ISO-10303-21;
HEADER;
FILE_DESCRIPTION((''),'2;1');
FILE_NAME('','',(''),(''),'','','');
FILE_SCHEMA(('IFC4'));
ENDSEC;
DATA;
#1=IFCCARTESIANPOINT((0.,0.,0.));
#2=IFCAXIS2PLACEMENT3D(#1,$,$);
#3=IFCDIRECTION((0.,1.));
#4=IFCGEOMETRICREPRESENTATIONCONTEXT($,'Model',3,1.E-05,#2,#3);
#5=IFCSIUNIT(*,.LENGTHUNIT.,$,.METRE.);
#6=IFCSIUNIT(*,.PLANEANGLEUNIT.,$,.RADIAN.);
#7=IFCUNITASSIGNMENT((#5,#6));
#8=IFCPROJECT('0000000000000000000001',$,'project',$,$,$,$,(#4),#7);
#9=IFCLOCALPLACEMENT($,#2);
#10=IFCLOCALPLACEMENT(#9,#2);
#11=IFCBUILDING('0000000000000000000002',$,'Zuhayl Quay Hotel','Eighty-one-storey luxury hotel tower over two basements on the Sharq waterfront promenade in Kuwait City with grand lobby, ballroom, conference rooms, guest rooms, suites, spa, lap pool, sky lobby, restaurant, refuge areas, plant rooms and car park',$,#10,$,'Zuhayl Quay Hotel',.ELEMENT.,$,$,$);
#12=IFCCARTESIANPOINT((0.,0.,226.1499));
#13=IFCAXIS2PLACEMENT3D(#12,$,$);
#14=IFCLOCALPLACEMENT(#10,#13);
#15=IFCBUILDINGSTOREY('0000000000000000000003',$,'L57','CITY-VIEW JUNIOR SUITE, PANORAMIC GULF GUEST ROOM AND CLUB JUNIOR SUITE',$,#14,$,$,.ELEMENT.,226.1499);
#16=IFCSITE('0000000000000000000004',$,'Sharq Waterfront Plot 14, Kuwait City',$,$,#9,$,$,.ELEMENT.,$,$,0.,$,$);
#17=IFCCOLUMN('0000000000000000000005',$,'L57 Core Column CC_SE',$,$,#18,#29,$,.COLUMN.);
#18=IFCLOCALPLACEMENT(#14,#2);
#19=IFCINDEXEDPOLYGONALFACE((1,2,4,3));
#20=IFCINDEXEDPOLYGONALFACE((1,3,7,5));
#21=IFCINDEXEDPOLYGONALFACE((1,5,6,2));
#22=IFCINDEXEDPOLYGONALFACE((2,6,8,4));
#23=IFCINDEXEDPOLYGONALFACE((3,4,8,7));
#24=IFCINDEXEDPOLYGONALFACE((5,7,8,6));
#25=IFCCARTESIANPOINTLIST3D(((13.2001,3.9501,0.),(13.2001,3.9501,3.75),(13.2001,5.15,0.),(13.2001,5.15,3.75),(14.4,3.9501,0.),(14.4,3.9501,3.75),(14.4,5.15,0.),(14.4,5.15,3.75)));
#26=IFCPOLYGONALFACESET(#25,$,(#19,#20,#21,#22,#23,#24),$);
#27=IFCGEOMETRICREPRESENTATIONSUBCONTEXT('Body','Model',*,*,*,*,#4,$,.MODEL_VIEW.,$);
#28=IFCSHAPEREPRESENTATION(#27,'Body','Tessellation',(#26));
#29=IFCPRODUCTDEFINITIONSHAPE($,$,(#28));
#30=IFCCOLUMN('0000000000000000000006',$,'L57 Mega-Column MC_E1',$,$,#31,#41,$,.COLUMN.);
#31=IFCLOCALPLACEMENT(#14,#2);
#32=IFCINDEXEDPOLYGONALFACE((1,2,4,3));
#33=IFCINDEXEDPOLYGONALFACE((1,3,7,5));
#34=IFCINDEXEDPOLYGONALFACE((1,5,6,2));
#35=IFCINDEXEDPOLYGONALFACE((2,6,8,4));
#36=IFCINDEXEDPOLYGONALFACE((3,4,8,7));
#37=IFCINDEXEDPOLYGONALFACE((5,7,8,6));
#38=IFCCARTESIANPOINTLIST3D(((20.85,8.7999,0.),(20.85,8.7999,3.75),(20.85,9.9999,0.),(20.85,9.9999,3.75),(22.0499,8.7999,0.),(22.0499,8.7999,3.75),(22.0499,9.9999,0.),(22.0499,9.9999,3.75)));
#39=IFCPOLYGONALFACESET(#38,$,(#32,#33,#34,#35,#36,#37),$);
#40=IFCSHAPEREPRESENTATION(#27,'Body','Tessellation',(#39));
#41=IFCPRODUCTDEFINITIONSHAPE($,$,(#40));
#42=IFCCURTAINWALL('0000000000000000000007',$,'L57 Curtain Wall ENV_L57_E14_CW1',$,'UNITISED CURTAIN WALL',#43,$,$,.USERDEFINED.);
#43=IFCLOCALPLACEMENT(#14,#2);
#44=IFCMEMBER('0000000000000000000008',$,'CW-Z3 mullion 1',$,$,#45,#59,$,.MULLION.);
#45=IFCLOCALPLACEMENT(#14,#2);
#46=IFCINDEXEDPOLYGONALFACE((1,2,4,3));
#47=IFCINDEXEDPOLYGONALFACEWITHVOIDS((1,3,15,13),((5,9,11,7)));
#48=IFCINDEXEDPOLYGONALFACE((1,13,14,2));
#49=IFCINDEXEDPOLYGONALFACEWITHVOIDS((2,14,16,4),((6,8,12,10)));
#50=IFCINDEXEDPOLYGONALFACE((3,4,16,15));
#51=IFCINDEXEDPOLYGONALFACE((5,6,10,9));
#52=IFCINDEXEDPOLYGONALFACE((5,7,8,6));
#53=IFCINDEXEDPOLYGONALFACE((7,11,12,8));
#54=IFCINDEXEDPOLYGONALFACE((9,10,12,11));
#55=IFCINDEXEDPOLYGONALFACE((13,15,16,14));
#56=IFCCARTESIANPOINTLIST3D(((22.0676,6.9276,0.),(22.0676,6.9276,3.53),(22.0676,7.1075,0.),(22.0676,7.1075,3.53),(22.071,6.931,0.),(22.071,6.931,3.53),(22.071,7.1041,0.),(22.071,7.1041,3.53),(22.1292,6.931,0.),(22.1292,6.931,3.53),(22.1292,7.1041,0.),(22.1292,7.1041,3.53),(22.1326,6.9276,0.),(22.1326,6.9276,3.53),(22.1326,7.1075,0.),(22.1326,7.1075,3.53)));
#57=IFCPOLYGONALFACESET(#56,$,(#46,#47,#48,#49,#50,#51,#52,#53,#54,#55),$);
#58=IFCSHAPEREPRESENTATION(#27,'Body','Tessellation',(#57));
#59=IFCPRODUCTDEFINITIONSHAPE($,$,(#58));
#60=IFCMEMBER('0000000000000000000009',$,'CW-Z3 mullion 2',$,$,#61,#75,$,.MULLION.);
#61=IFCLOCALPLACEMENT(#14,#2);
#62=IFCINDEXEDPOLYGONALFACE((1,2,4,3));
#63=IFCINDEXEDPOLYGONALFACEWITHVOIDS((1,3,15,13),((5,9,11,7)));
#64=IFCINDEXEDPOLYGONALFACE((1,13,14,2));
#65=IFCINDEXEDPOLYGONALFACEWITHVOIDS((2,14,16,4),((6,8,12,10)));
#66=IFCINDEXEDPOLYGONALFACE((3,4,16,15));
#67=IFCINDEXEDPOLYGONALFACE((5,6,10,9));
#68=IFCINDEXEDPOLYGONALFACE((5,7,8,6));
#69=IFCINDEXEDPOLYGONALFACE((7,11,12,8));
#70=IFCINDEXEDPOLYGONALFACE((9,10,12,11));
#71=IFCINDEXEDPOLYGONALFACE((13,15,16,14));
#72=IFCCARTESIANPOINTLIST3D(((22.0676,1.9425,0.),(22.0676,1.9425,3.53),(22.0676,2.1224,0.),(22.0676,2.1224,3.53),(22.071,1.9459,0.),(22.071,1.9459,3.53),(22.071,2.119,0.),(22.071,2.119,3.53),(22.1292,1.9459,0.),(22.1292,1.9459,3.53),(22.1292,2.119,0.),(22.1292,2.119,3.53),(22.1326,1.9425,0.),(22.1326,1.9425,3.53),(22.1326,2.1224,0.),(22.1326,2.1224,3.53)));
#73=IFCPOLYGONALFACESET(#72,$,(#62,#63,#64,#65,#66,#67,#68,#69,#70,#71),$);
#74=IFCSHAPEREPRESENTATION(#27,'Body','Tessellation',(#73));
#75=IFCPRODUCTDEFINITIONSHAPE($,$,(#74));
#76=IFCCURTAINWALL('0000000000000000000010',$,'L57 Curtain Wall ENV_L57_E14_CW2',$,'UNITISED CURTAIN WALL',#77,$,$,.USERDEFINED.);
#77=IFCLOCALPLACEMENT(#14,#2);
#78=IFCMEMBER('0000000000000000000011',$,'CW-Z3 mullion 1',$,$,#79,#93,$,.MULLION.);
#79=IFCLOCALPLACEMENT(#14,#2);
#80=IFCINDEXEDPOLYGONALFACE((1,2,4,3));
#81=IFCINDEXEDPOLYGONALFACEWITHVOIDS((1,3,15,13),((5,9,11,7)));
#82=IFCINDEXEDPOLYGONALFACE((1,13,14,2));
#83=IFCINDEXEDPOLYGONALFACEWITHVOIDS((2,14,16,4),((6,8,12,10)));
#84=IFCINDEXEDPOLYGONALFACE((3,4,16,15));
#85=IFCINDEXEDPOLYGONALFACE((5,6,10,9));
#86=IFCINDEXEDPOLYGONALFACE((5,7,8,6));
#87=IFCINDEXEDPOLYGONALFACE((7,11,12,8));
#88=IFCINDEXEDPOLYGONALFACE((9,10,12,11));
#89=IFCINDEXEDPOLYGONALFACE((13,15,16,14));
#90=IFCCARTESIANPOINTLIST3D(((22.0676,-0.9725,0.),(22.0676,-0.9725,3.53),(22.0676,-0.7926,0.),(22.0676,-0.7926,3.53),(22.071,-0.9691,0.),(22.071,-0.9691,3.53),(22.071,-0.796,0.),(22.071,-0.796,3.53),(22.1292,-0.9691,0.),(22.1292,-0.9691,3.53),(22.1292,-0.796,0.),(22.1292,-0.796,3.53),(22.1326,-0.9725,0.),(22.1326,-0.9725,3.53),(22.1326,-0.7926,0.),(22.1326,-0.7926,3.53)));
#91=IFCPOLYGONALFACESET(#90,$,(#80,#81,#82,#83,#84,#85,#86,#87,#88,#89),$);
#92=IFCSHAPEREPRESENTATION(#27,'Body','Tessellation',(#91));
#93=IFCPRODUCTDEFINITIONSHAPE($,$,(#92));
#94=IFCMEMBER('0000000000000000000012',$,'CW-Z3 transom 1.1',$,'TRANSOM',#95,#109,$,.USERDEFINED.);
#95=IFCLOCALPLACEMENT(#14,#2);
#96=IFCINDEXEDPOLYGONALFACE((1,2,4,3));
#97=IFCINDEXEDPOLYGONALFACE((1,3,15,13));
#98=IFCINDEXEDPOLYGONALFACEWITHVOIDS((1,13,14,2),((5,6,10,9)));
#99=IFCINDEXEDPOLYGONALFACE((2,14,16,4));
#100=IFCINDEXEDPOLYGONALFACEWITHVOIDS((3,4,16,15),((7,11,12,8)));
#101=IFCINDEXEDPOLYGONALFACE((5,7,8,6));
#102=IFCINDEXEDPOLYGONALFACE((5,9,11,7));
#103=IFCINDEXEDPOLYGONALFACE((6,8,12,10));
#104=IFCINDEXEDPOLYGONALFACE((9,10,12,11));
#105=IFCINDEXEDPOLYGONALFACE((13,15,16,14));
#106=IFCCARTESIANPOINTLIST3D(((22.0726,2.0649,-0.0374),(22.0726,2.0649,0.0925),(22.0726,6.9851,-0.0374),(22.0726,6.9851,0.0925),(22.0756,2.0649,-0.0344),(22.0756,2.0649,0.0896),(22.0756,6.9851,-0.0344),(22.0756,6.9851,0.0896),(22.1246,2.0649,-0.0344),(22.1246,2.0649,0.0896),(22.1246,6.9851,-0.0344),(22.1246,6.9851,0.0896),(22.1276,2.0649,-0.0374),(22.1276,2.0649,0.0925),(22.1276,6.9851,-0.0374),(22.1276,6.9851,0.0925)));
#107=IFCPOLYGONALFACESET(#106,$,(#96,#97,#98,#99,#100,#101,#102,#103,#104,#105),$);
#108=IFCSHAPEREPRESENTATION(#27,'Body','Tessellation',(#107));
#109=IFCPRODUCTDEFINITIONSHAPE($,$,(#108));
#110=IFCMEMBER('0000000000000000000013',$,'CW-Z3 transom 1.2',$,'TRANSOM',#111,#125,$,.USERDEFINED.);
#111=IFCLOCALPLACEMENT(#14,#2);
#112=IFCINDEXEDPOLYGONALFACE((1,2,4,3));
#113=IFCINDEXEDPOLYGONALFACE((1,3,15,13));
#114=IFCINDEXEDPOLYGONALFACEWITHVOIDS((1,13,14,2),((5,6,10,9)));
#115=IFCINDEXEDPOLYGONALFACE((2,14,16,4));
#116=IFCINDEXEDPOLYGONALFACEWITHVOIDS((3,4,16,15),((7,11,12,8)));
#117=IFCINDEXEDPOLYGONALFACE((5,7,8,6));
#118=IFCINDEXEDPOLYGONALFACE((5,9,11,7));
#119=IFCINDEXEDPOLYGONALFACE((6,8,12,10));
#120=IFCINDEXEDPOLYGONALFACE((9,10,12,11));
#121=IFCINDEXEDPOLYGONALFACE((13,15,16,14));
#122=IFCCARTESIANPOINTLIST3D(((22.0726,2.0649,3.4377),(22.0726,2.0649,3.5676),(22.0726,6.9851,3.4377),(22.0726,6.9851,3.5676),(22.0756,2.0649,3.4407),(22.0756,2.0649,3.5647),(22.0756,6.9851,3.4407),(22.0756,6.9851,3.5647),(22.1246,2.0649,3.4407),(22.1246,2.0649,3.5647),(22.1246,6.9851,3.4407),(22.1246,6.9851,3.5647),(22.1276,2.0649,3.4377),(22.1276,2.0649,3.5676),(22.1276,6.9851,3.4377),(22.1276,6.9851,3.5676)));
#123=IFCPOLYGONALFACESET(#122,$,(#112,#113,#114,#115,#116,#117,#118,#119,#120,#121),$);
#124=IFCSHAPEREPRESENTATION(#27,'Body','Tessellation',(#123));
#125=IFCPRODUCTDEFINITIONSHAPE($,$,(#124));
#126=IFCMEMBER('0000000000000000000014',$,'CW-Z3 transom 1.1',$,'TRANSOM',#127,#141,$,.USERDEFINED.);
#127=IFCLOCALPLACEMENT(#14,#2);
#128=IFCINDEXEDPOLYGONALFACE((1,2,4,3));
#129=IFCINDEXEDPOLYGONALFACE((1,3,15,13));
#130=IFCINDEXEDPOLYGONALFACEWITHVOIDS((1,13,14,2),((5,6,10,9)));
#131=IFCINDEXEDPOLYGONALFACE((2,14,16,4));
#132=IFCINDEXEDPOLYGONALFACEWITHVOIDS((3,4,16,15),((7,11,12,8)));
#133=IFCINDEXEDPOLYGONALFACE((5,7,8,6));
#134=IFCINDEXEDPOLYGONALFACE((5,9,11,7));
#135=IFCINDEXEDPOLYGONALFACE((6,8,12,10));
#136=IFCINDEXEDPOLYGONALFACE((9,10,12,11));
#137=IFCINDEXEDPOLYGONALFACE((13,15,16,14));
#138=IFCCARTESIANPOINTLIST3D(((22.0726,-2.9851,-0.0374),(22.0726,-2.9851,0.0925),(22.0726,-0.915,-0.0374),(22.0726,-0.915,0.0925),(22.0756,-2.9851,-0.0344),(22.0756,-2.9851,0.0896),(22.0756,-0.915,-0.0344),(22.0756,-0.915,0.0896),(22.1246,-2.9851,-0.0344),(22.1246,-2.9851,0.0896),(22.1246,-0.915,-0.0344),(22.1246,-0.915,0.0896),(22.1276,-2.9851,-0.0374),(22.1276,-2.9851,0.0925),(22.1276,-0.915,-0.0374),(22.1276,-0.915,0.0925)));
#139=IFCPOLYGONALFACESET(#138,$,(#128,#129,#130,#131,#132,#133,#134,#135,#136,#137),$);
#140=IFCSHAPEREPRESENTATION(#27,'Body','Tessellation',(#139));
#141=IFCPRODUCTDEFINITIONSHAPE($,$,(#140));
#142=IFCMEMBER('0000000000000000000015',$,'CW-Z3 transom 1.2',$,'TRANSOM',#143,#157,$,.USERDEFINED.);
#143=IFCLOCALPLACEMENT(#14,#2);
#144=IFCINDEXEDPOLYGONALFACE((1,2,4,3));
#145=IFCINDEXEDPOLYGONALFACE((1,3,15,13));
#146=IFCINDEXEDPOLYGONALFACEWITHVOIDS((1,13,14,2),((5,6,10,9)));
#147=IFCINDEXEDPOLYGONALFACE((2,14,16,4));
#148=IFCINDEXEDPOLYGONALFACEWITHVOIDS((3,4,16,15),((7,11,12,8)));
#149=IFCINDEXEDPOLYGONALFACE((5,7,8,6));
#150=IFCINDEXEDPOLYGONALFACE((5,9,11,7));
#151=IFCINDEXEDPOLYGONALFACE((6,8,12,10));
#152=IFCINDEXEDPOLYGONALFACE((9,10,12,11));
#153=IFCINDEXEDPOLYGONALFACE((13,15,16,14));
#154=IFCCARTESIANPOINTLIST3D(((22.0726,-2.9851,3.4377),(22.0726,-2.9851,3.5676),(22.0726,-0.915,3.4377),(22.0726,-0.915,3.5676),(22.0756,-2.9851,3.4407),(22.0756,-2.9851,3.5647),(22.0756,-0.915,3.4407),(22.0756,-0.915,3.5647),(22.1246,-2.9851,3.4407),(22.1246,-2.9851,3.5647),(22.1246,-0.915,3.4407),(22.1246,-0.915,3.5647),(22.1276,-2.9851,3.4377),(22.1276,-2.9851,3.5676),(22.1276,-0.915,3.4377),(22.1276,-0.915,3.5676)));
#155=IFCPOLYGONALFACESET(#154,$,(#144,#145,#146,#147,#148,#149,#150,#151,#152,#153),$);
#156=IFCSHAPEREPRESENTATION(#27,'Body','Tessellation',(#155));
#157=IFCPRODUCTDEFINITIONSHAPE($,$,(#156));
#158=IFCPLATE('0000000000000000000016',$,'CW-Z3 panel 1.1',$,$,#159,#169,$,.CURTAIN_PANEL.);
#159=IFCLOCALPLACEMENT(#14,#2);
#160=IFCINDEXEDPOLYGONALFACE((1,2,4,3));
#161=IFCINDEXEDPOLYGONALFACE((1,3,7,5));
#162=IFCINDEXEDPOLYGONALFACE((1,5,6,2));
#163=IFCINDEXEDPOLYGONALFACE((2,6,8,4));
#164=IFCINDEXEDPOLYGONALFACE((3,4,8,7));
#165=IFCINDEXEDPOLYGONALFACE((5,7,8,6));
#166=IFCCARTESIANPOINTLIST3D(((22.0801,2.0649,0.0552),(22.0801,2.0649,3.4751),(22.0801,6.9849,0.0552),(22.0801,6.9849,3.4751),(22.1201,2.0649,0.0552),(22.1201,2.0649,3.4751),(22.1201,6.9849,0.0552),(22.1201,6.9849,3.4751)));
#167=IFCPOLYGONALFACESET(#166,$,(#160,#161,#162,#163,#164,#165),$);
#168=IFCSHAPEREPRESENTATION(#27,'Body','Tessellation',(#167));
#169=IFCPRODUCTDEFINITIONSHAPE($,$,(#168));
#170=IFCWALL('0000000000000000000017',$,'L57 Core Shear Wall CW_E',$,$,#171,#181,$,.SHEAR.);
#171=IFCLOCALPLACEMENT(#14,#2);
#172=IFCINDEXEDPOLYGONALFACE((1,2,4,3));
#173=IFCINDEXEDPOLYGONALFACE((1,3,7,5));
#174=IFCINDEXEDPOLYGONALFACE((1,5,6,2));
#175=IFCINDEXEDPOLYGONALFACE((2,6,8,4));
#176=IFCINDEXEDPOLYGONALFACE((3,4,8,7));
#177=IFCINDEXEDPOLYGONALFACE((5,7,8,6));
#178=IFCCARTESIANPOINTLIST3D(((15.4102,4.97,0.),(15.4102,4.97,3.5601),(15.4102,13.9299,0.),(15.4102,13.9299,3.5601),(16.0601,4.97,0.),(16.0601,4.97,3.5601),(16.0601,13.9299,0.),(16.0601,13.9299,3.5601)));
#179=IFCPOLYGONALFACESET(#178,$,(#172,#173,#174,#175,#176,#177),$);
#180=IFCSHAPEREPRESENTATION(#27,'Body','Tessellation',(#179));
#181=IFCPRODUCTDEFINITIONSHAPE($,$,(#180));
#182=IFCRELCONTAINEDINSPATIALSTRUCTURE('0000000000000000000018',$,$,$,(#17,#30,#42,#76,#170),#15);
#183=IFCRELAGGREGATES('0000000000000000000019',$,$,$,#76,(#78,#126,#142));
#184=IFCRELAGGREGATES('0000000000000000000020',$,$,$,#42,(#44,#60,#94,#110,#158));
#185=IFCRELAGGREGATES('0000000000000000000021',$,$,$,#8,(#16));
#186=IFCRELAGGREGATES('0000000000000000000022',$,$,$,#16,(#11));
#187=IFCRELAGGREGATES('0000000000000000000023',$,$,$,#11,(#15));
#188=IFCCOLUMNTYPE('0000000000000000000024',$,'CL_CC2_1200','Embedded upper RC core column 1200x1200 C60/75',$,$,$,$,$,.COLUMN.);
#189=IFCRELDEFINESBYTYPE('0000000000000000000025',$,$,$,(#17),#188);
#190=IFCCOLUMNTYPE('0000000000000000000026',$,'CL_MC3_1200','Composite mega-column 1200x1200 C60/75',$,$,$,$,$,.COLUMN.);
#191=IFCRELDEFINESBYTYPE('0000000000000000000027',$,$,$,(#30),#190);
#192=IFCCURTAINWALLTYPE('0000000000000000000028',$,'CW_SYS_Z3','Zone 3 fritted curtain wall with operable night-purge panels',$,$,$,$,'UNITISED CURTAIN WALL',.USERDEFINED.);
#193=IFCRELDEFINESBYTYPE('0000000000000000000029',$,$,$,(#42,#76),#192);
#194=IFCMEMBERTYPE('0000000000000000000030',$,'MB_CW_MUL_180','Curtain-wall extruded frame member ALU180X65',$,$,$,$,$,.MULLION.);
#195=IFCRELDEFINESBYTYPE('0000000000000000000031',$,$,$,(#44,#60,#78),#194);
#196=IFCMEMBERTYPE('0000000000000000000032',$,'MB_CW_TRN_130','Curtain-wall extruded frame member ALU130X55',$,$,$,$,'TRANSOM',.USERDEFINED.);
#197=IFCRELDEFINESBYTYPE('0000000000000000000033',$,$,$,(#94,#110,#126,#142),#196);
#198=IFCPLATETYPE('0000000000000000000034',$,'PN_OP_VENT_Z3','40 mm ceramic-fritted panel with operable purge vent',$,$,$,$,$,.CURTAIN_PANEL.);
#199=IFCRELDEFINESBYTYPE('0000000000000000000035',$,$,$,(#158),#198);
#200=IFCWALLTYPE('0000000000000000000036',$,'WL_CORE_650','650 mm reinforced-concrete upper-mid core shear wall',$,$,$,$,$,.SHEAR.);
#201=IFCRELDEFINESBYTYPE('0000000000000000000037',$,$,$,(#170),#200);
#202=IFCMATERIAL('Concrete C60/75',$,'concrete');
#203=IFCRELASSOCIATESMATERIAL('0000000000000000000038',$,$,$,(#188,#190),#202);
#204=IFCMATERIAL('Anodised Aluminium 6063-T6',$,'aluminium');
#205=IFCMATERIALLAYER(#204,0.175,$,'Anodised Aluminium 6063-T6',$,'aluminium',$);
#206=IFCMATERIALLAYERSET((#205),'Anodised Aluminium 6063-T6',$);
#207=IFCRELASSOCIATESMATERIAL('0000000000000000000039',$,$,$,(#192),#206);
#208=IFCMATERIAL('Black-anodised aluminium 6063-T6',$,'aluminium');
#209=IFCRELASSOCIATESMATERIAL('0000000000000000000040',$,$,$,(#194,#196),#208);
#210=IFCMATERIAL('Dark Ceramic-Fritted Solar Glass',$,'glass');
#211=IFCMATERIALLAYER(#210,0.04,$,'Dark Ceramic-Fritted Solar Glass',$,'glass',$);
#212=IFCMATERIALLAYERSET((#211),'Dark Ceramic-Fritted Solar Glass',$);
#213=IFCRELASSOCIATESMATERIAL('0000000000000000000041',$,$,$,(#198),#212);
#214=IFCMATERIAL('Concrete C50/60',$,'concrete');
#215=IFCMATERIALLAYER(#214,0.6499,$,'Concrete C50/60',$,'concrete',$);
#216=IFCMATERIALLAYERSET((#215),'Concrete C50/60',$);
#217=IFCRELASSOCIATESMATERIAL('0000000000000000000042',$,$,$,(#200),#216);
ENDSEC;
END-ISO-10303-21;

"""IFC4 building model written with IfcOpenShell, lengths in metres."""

from ifc_helpers import new_model, si_unit, direction, frame, frame_2d, origin, origin_2d, place, context, subcontext, project, spatial, rectangle, hollow_rectangle, extrude, material, layer, layer_set, material_profile, profile_set, type_object, element, aggregate, save


model = new_model("IFC4")

# Units and contexts
model_context = context("Model", 3, precision=1e-05, world=origin(), true_north=direction((0.0, 1.0)))
body_context = subcontext(model_context, "Body", "Model", "MODEL_VIEW")
ifc_project = project(units=[si_unit("LENGTHUNIT", "METRE"), si_unit("PLANEANGLEUNIT", "RADIAN")], contexts=[model_context])

# Site, building, storey
site_placement = place(None, origin())
site = spatial("IfcSite", under=ifc_project, at=site_placement, Name="Sharq Waterfront Plot 14, Kuwait City", CompositionType="ELEMENT", RefElevation=0.0)
building_placement = place(site_placement, origin())
building = spatial("IfcBuilding", under=site, at=building_placement, Name="Zuhayl Quay Hotel", Description="Eighty-one-storey luxury hotel tower over two basements on the Sharq waterfront promenade in Kuwait City with grand lobby, ballroom, conference rooms, guest rooms, suites, spa, lap pool, sky lobby, restaurant, refuge areas, plant rooms and car park", LongName="Zuhayl Quay Hotel", CompositionType="ELEMENT")
storey_placement = place(building_placement, frame((0.0, 0.0, 226.1499)))
storey = spatial("IfcBuildingStorey", under=building, at=storey_placement, Name="L57", Description="CITY-VIEW JUNIOR SUITE, PANORAMIC GULF GUEST ROOM AND CLUB JUNIOR SUITE", CompositionType="ELEMENT", Elevation=226.1499)

# Columns
ifc_material_1 = material(Name="Concrete C60/75", Category="concrete")
ifc_material_profile_1 = material_profile(ifc_material_1, rectangle(XDim=1.2, YDim=1.2, at=origin_2d()), Name="RC1200X1200")
ifc_profile_set_1 = profile_set([ifc_material_profile_1], Name="Concrete C60/75")
column_type_1 = type_object("IfcColumnType", Name="CL_CC2_1200", Description="Embedded upper RC core column 1200x1200 C60/75", PredefinedType="COLUMN", material=ifc_profile_set_1)
column_1_placement = place(storey_placement, frame((13.8, 4.55, 0.0), z_axis=(0.0, 0.0, 1.0), x_axis=(1.0, 0.0, 0.0)))
element("IfcColumn", 1, at=column_1_placement, inside=storey, type_object=column_type_1, Name="L57 Core Column CC_SE", PredefinedType="COLUMN", context=body_context, shape_type="SweptSolid", body=[
    extrude(rectangle(XDim=1.2, YDim=1.2, at=origin_2d()), origin(), (0.0, 0.0, 1.0), 3.75),
])
ifc_material_profile_2 = material_profile(ifc_material_1, rectangle(XDim=1.2, YDim=1.2, at=origin_2d()), Name="RC1200X1200")
ifc_profile_set_2 = profile_set([ifc_material_profile_2], Name="Concrete C60/75")
column_type_2 = type_object("IfcColumnType", Name="CL_MC3_1200", Description="Composite mega-column 1200x1200 C60/75", PredefinedType="COLUMN", material=ifc_profile_set_2)
column_2_placement = place(storey_placement, frame((21.45, 9.3999, 0.0), z_axis=(0.0, 0.0, 1.0), x_axis=(1.0, 0.0, 0.0)))
element("IfcColumn", 2, at=column_2_placement, inside=storey, type_object=column_type_2, Name="L57 Mega-Column MC_E1", PredefinedType="COLUMN", context=body_context, shape_type="SweptSolid", body=[
    extrude(rectangle(XDim=1.2, YDim=1.2, at=origin_2d()), origin(), (0.0, 0.0, 1.0), 3.75),
])

# Curtain wall, members
ifc_material_2 = material(Name="Anodised Aluminium 6063-T6", Category="aluminium")
ifc_layer_1 = layer(ifc_material_2, 0.175, Name="Anodised Aluminium 6063-T6", Category="aluminium")
ifc_layer_set_1 = layer_set([ifc_layer_1], Name="Anodised Aluminium 6063-T6")
curtain_wall_type = type_object("IfcCurtainWallType", Name="CW_SYS_Z3", Description="Zone 3 fritted curtain wall with operable night-purge panels", ElementType="UNITISED CURTAIN WALL", PredefinedType="USERDEFINED", material=ifc_layer_set_1)
curtain_wall_1_placement = place(storey_placement, origin())
curtain_wall_1 = element("IfcCurtainWall", 3, at=curtain_wall_1_placement, inside=storey, type_object=curtain_wall_type, Name="L57 Curtain Wall ENV_L57_E14_CW1", ObjectType="UNITISED CURTAIN WALL", PredefinedType="USERDEFINED")
ifc_material_3 = material(Name="Black-anodised aluminium 6063-T6", Category="aluminium")
ifc_material_profile_3 = material_profile(ifc_material_3, hollow_rectangle(XDim=0.0649, YDim=0.1799, WallThickness=0.0034, at=origin_2d()), Name="ALU180X65")
ifc_profile_set_3 = profile_set([ifc_material_profile_3], Name="Black-anodised aluminium 6063-T6")
member_type_1 = type_object("IfcMemberType", Name="MB_CW_MUL_180", Description="Curtain-wall extruded frame member ALU180X65", PredefinedType="MULLION", material=ifc_profile_set_3)
member_1_placement = place(storey_placement, frame((22.1001, 7.0176, 0.0), z_axis=(0.0, 0.0, 1.0), x_axis=(1.0, 0.0, 0.0)))
member_1 = element("IfcMember", 4, at=member_1_placement, type_object=member_type_1, Name="CW-Z3 mullion 1", PredefinedType="MULLION", context=body_context, shape_type="SweptSolid", body=[
    extrude(hollow_rectangle(XDim=0.0649, YDim=0.1799, WallThickness=0.0034, at=origin_2d()), origin(), (0.0, 0.0, 1.0), 3.53),
])
member_2_placement = place(storey_placement, frame((22.1001, 2.0325, 0.0), z_axis=(0.0, 0.0, 1.0), x_axis=(1.0, 0.0, 0.0)))
member_2 = element("IfcMember", 5, at=member_2_placement, type_object=member_type_1, Name="CW-Z3 mullion 2", PredefinedType="MULLION", context=body_context, shape_type="SweptSolid", body=[
    extrude(hollow_rectangle(XDim=0.0649, YDim=0.1799, WallThickness=0.0034, at=origin_2d()), origin(), (0.0, 0.0, 1.0), 3.53),
])

# Curtain wall, member
curtain_wall_2_placement = place(storey_placement, origin())
curtain_wall_2 = element("IfcCurtainWall", 6, at=curtain_wall_2_placement, inside=storey, type_object=curtain_wall_type, Name="L57 Curtain Wall ENV_L57_E14_CW2", ObjectType="UNITISED CURTAIN WALL", PredefinedType="USERDEFINED")
member_3_placement = place(storey_placement, frame((22.1001, -0.8826, 0.0), z_axis=(0.0, 0.0, 1.0), x_axis=(1.0, 0.0, 0.0)))
member_3 = element("IfcMember", 7, at=member_3_placement, type_object=member_type_1, Name="CW-Z3 mullion 1", PredefinedType="MULLION", context=body_context, shape_type="SweptSolid", body=[
    extrude(hollow_rectangle(XDim=0.0649, YDim=0.1799, WallThickness=0.0034, at=origin_2d()), origin(), (0.0, 0.0, 1.0), 3.53),
])

# Members
ifc_material_profile_4 = material_profile(ifc_material_3, hollow_rectangle(XDim=0.0549, YDim=0.1299, WallThickness=0.0029, at=origin_2d()), Name="ALU130X55")
ifc_profile_set_4 = profile_set([ifc_material_profile_4], Name="Black-anodised aluminium 6063-T6")
member_type_2 = type_object("IfcMemberType", Name="MB_CW_TRN_130", Description="Curtain-wall extruded frame member ALU130X55", ElementType="TRANSOM", PredefinedType="USERDEFINED", material=ifc_profile_set_4)
member_4_placement = place(storey_placement, frame((22.1001, 6.9851, 0.0276), z_axis=(0.0, -1.0, 0.0), x_axis=(1.0, 0.0, 0.0)))
member_4 = element("IfcMember", 8, at=member_4_placement, type_object=member_type_2, Name="CW-Z3 transom 1.1", ObjectType="TRANSOM", PredefinedType="USERDEFINED", context=body_context, shape_type="SweptSolid", body=[
    extrude(hollow_rectangle(XDim=0.0549, YDim=0.1299, WallThickness=0.0029, at=origin_2d()), origin(), (0.0, 0.0, 1.0), 4.9202),
])
member_5_placement = place(storey_placement, frame((22.1001, 6.9851, 3.5027), z_axis=(0.0, -1.0, 0.0), x_axis=(1.0, 0.0, 0.0)))
member_5 = element("IfcMember", 9, at=member_5_placement, type_object=member_type_2, Name="CW-Z3 transom 1.2", ObjectType="TRANSOM", PredefinedType="USERDEFINED", context=body_context, shape_type="SweptSolid", body=[
    extrude(hollow_rectangle(XDim=0.0549, YDim=0.1299, WallThickness=0.0029, at=origin_2d()), origin(), (0.0, 0.0, 1.0), 4.9202),
])
member_6_placement = place(storey_placement, frame((22.1001, -0.915, 0.0276), z_axis=(0.0, -1.0, 0.0), x_axis=(1.0, 0.0, 0.0)))
member_6 = element("IfcMember", 10, at=member_6_placement, type_object=member_type_2, Name="CW-Z3 transom 1.1", ObjectType="TRANSOM", PredefinedType="USERDEFINED", context=body_context, shape_type="SweptSolid", body=[
    extrude(hollow_rectangle(XDim=0.0549, YDim=0.1299, WallThickness=0.0029, at=origin_2d()), origin(), (0.0, 0.0, 1.0), 2.0701),
])
member_7_placement = place(storey_placement, frame((22.1001, -0.915, 3.5027), z_axis=(0.0, -1.0, 0.0), x_axis=(1.0, 0.0, 0.0)))
member_7 = element("IfcMember", 11, at=member_7_placement, type_object=member_type_2, Name="CW-Z3 transom 1.2", ObjectType="TRANSOM", PredefinedType="USERDEFINED", context=body_context, shape_type="SweptSolid", body=[
    extrude(hollow_rectangle(XDim=0.0549, YDim=0.1299, WallThickness=0.0029, at=origin_2d()), origin(), (0.0, 0.0, 1.0), 2.0701),
])
aggregate(curtain_wall_2, [member_3, member_6, member_7])

# Plate
ifc_material_4 = material(Name="Dark Ceramic-Fritted Solar Glass", Category="glass")
ifc_layer_2 = layer(ifc_material_4, 0.04, Name="Dark Ceramic-Fritted Solar Glass", Category="glass")
ifc_layer_set_2 = layer_set([ifc_layer_2], Name="Dark Ceramic-Fritted Solar Glass")
plate_type = type_object("IfcPlateType", Name="PN_OP_VENT_Z3", Description="40 mm ceramic-fritted panel with operable purge vent", PredefinedType="CURTAIN_PANEL", material=ifc_layer_set_2)
plate_placement = place(storey_placement, frame((22.1001, 4.5249, 0.0552), z_axis=(0.0, 0.0, 1.0), x_axis=(0.0, -1.0, 0.0)))
plate = element("IfcPlate", 12, at=plate_placement, type_object=plate_type, Name="CW-Z3 panel 1.1", PredefinedType="CURTAIN_PANEL", context=body_context, shape_type="SweptSolid", body=[
    extrude(rectangle(XDim=4.9199, YDim=0.04, at=origin_2d()), origin(), (0.0, 0.0, 1.0), 3.4199),
])
aggregate(curtain_wall_1, [member_1, member_2, member_4, member_5, plate])

# Wall
ifc_material_5 = material(Name="Concrete C50/60", Category="concrete")
ifc_layer_3 = layer(ifc_material_5, 0.6499, Name="Concrete C50/60", Category="concrete")
ifc_layer_set_3 = layer_set([ifc_layer_3], Name="Concrete C50/60")
wall_type_1 = type_object("IfcWallType", Name="WL_CORE_650", Description="650 mm reinforced-concrete upper-mid core shear wall", PredefinedType="SHEAR", material=ifc_layer_set_3)
wall_1_placement = place(storey_placement, frame((15.7351, 4.97, 0.0), z_axis=(0.0, 0.0, 1.0), x_axis=(0.0, 1.0, 0.0)))
element("IfcWall", 13, at=wall_1_placement, inside=storey, type_object=wall_type_1, Name="L57 Core Shear Wall CW_E", PredefinedType="SHEAR", context=body_context, shape_type="SweptSolid", body=[
    extrude(rectangle(XDim=8.96, YDim=0.6499, at=frame_2d((4.48, 0.0))), origin(), (0.0, 0.0, 1.0), 3.5601),
])

save(model, "model.ifc")
